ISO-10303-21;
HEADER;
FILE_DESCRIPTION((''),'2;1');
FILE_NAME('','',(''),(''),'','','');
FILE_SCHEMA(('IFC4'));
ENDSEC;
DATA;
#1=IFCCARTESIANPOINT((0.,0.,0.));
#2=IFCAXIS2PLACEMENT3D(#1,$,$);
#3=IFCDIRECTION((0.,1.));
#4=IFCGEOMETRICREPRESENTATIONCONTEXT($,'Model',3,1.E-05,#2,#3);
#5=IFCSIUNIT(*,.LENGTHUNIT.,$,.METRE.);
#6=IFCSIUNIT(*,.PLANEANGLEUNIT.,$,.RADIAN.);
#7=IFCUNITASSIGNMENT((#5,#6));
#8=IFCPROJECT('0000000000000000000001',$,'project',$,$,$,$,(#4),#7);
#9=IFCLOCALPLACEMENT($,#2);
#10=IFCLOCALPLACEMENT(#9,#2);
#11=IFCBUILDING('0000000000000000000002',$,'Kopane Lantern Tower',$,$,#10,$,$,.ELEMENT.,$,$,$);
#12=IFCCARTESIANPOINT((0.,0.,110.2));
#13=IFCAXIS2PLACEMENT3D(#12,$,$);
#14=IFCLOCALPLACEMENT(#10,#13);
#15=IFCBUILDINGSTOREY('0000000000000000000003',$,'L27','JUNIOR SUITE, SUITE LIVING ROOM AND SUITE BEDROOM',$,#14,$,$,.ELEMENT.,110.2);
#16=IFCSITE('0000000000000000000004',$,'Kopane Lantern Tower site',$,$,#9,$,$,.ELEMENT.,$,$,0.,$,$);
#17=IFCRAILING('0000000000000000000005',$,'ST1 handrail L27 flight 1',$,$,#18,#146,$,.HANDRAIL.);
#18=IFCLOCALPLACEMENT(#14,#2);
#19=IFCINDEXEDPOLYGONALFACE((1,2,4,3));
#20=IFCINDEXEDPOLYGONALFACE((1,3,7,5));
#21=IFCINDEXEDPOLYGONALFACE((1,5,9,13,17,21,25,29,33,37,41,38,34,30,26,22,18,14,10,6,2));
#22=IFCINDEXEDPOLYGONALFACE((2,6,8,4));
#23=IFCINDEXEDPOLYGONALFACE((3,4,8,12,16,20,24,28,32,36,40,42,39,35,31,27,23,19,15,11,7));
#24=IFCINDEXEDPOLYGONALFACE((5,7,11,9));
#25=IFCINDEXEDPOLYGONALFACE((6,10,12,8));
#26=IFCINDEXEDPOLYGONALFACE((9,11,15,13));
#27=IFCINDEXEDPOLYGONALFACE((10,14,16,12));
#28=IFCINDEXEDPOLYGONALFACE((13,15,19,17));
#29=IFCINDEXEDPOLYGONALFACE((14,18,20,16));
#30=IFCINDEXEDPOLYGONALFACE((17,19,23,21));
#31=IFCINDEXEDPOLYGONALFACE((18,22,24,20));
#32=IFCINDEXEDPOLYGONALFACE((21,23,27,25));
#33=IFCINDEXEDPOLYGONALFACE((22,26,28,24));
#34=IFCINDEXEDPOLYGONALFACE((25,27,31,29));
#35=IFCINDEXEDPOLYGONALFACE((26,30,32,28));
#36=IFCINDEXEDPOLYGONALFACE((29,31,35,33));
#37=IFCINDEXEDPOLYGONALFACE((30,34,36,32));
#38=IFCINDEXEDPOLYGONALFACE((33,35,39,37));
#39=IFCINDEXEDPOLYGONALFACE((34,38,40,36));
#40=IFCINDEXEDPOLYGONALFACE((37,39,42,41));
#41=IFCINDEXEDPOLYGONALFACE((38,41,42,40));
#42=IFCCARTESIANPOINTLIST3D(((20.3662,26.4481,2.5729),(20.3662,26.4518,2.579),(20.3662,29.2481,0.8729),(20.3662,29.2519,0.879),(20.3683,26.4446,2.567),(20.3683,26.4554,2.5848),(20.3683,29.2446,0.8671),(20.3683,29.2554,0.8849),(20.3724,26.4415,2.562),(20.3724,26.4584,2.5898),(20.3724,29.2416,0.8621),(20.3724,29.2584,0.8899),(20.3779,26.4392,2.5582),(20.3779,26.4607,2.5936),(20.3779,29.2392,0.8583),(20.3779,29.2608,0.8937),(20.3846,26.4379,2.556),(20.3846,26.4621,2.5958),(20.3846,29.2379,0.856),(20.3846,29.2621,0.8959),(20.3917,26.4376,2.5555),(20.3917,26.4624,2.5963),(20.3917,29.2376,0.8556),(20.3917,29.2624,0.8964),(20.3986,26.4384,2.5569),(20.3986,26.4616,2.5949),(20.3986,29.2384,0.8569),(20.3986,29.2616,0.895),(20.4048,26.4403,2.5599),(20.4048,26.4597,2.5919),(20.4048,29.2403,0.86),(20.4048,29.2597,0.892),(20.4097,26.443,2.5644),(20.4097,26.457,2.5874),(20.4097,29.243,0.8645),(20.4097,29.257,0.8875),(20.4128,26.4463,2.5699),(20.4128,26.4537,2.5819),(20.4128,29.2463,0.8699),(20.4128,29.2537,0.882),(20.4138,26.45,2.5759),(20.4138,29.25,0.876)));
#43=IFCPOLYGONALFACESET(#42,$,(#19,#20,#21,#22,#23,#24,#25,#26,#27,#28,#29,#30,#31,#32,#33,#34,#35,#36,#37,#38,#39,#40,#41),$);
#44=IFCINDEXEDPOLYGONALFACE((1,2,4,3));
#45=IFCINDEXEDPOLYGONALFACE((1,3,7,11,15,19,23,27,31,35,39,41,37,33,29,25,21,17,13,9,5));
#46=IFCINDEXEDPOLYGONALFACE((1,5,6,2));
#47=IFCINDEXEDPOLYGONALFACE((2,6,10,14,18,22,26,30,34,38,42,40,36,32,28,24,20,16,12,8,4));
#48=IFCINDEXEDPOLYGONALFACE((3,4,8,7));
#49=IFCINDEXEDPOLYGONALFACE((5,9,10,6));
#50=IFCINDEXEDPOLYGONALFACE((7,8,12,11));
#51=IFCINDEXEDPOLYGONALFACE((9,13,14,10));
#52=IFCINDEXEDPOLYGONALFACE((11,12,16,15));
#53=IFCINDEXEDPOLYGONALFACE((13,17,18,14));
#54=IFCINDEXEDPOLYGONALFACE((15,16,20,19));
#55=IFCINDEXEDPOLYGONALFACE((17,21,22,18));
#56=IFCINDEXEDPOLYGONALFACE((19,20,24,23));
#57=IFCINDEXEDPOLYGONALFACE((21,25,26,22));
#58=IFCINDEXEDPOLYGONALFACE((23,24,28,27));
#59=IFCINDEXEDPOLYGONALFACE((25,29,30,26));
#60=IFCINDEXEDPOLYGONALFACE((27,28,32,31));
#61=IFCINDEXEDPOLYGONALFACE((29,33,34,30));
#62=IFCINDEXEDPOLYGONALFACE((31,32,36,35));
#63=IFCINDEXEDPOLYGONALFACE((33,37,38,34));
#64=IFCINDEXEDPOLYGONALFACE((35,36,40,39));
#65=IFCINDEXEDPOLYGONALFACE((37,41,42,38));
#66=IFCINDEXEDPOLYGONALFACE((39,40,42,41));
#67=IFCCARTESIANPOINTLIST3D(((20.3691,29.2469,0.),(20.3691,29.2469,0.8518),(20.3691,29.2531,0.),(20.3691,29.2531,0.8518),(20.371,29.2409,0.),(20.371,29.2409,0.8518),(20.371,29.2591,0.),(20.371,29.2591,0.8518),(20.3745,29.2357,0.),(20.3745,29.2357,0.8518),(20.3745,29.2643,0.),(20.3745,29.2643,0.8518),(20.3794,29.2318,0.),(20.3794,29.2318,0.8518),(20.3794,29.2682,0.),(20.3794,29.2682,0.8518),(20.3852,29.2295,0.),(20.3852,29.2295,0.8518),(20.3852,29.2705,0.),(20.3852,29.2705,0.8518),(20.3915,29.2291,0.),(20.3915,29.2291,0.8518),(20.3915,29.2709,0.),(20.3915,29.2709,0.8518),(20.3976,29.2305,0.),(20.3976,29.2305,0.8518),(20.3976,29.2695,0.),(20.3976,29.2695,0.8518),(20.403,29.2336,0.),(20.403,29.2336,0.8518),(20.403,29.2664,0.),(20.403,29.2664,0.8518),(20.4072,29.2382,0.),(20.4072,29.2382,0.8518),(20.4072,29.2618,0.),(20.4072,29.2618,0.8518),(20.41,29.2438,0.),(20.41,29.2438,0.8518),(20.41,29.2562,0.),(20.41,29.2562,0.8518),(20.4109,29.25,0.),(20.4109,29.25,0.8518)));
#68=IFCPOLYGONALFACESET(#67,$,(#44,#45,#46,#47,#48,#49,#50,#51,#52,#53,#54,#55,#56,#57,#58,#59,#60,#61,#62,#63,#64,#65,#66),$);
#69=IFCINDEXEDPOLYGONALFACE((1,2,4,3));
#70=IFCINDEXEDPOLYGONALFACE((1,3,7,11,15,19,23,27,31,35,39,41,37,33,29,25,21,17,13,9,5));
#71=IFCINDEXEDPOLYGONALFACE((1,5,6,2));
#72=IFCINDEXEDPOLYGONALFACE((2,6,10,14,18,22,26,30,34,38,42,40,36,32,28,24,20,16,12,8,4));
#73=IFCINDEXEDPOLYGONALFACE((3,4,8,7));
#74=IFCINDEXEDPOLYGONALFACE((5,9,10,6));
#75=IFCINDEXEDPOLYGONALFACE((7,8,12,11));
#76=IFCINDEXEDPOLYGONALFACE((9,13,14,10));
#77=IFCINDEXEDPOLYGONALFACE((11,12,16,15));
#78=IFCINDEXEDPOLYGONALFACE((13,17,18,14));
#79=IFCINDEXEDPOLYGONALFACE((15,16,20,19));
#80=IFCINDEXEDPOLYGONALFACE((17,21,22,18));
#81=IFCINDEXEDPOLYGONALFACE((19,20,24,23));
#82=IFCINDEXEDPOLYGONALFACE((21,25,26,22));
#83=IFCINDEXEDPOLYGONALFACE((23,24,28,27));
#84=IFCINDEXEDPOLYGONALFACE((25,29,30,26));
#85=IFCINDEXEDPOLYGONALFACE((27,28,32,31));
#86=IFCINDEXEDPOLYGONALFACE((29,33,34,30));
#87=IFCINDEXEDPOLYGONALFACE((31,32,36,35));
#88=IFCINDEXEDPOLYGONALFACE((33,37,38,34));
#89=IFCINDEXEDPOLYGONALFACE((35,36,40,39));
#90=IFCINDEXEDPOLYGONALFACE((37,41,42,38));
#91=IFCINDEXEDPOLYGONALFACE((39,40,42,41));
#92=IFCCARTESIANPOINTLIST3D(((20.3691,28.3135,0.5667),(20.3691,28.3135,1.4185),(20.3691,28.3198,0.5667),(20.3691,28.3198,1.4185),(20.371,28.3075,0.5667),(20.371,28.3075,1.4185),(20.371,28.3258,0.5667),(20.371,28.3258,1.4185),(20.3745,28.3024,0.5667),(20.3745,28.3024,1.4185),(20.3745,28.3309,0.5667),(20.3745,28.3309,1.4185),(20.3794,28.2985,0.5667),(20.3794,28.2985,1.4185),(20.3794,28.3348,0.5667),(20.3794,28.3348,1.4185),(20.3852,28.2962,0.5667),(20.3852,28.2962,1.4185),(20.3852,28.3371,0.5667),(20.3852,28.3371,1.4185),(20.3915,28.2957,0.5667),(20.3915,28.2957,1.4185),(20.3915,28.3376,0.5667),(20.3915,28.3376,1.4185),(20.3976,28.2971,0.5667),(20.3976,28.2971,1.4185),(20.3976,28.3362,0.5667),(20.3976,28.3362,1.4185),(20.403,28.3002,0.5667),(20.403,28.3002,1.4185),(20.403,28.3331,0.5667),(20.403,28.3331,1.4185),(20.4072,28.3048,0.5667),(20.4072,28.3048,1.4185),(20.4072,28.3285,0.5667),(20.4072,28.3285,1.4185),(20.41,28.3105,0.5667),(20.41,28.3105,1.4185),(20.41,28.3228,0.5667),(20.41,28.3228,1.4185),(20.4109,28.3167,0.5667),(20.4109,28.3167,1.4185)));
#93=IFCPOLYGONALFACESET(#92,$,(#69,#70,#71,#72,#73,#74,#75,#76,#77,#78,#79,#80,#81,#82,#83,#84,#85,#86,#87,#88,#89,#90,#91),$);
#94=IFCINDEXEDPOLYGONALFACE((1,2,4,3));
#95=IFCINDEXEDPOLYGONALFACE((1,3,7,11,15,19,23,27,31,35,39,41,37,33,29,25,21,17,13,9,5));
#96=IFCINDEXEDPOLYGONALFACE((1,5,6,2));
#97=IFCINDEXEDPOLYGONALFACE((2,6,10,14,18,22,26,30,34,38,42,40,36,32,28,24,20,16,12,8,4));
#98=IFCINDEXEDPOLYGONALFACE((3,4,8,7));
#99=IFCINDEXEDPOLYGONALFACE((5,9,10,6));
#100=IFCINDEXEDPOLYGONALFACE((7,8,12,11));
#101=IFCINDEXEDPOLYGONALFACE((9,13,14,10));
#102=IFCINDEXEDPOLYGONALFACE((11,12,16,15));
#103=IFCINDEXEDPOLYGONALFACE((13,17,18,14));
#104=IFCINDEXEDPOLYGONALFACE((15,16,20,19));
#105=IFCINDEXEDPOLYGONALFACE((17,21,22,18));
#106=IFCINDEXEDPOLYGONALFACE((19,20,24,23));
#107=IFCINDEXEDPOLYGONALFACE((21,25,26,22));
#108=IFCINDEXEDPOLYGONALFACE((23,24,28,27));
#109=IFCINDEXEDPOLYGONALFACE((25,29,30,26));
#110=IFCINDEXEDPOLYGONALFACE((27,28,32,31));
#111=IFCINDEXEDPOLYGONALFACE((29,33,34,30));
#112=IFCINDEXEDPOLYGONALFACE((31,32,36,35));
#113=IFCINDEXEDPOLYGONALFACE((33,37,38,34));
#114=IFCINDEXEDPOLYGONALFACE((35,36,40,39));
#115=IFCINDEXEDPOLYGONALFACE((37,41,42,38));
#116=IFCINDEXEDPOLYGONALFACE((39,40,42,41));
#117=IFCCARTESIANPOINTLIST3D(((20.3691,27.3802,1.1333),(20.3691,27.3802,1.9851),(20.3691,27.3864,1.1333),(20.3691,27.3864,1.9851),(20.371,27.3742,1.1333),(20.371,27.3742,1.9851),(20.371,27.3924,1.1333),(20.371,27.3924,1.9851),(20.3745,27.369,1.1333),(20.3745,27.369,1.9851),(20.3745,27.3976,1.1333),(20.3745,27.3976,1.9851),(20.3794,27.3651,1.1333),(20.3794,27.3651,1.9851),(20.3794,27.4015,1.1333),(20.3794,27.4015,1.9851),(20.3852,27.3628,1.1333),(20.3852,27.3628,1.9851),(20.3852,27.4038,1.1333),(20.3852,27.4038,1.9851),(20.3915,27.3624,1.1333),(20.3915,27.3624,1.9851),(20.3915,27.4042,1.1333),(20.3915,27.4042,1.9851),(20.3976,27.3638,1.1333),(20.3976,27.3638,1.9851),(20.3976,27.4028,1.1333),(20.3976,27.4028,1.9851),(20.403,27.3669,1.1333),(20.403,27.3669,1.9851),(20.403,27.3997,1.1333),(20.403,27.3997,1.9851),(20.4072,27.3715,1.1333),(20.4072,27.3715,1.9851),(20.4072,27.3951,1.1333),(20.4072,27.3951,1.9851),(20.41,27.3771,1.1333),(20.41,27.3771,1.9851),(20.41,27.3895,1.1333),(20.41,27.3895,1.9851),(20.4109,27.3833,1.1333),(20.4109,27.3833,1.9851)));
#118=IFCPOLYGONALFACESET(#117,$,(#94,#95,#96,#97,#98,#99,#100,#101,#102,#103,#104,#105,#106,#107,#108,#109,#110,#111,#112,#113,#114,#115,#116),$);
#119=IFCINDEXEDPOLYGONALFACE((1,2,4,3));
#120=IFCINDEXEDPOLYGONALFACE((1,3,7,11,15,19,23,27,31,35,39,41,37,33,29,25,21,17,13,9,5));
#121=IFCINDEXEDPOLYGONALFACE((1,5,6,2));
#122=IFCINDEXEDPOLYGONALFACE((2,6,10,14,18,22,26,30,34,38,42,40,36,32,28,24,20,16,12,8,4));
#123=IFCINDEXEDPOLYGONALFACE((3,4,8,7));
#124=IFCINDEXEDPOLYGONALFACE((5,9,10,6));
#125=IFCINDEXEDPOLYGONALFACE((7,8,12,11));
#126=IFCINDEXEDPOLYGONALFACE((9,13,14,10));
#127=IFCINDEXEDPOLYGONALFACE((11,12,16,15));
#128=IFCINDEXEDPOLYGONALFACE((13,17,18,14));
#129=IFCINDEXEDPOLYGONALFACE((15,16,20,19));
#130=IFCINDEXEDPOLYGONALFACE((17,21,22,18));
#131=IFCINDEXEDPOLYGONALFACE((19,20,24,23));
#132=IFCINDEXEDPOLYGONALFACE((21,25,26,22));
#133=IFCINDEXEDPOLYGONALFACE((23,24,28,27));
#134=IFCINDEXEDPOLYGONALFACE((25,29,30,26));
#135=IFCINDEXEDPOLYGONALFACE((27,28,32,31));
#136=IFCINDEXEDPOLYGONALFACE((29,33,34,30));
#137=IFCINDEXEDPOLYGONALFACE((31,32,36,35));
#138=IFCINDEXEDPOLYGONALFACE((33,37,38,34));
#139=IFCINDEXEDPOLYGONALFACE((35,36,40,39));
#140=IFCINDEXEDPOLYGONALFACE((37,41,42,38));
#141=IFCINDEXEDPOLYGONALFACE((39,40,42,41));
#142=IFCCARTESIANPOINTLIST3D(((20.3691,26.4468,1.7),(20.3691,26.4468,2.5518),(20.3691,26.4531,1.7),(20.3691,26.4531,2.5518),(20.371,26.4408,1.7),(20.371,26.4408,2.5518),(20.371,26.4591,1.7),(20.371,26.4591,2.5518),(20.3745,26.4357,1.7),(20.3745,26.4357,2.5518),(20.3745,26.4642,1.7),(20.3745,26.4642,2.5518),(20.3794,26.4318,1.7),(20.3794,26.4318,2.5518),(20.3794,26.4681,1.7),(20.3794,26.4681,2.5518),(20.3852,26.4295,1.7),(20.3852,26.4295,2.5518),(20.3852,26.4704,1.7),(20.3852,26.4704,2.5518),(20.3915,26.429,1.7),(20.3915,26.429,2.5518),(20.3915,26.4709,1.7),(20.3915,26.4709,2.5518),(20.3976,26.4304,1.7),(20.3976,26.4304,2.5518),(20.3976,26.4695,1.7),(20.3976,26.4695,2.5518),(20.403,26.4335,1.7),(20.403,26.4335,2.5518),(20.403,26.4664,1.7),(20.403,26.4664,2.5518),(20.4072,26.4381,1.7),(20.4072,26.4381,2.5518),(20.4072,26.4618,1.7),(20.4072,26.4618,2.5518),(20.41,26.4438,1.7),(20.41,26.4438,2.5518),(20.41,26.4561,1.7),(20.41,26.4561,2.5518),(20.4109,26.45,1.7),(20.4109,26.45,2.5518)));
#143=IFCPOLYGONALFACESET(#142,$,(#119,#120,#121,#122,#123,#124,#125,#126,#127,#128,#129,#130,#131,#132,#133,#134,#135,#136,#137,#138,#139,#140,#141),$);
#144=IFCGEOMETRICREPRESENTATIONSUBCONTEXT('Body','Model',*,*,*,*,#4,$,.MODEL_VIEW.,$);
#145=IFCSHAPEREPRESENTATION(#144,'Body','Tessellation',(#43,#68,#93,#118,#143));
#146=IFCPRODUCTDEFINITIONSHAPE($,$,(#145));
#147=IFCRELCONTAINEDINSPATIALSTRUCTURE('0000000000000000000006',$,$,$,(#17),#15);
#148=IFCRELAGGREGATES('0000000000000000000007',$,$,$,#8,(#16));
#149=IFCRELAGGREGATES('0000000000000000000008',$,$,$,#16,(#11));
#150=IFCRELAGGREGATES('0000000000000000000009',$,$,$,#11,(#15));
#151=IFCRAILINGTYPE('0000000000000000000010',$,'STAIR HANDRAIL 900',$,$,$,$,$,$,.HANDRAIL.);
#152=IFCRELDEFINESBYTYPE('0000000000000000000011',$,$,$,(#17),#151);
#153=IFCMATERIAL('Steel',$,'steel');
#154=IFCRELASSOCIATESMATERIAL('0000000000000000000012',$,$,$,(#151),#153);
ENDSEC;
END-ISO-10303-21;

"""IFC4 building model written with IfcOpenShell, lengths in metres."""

from ifc_helpers import new_model, si_unit, direction, frame, origin, origin_2d, place, context, subcontext, project, spatial, circle, extrude, material, type_object, element, save


model = new_model("IFC4")

# Units and contexts
model_context = context("Model", 3, precision=1e-05, world=origin(), true_north=direction((0.0, 1.0)))
body_context = subcontext(model_context, "Body", "Model", "MODEL_VIEW")
ifc_project = project(units=[si_unit("LENGTHUNIT", "METRE"), si_unit("PLANEANGLEUNIT", "RADIAN")], contexts=[model_context])

# Site, building, storey
site_placement = place(None, origin())
site = spatial("IfcSite", under=ifc_project, at=site_placement, Name="Kopane Lantern Tower site", CompositionType="ELEMENT", RefElevation=0.0)
building_placement = place(site_placement, origin())
building = spatial("IfcBuilding", under=site, at=building_placement, Name="Kopane Lantern Tower", CompositionType="ELEMENT")
storey_placement = place(building_placement, frame((0.0, 0.0, 110.2)))
storey = spatial("IfcBuildingStorey", under=building, at=storey_placement, Name="L27", Description="JUNIOR SUITE, SUITE LIVING ROOM AND SUITE BEDROOM", CompositionType="ELEMENT", Elevation=110.2)

# Railing
ifc_material_1 = material(Name="Steel", Category="steel")
railing_type_1 = type_object("IfcRailingType", Name="STAIR HANDRAIL 900", PredefinedType="HANDRAIL", material=ifc_material_1)
for number, where, name in (
    (1, (20.3899, 29.25, 0.0), "ST1 handrail L27 flight 1"),
):
    element("IfcRailing", number, at=place(storey_placement, frame(where)), inside=storey, type_object=railing_type_1, Name=name, PredefinedType="HANDRAIL", context=body_context, shape_type="SweptSolid", body=[
        extrude(circle(Radius=0.0239, at=origin_2d()), frame((0.0, 0.0, 0.876), z_axis=(0.0, -0.854798, 0.518961), x_axis=(1.0, 0.0, 0.0)), (0.0, 0.0, 1.0), 3.2756),
        extrude(circle(Radius=0.021, at=origin_2d()), origin(), (0.0, 0.0, 1.0), 0.8518),
        extrude(circle(Radius=0.021, at=origin_2d()), frame((0.0, -0.9333, 0.5667)), (0.0, 0.0, 1.0), 0.8518),
        extrude(circle(Radius=0.021, at=origin_2d()), frame((0.0, -1.8667, 1.1333)), (0.0, 0.0, 1.0), 0.8518),
        extrude(circle(Radius=0.021, at=origin_2d()), frame((0.0, -2.8, 1.7)), (0.0, 0.0, 1.0), 0.8518),
    ])

save(model, "model.ifc")
